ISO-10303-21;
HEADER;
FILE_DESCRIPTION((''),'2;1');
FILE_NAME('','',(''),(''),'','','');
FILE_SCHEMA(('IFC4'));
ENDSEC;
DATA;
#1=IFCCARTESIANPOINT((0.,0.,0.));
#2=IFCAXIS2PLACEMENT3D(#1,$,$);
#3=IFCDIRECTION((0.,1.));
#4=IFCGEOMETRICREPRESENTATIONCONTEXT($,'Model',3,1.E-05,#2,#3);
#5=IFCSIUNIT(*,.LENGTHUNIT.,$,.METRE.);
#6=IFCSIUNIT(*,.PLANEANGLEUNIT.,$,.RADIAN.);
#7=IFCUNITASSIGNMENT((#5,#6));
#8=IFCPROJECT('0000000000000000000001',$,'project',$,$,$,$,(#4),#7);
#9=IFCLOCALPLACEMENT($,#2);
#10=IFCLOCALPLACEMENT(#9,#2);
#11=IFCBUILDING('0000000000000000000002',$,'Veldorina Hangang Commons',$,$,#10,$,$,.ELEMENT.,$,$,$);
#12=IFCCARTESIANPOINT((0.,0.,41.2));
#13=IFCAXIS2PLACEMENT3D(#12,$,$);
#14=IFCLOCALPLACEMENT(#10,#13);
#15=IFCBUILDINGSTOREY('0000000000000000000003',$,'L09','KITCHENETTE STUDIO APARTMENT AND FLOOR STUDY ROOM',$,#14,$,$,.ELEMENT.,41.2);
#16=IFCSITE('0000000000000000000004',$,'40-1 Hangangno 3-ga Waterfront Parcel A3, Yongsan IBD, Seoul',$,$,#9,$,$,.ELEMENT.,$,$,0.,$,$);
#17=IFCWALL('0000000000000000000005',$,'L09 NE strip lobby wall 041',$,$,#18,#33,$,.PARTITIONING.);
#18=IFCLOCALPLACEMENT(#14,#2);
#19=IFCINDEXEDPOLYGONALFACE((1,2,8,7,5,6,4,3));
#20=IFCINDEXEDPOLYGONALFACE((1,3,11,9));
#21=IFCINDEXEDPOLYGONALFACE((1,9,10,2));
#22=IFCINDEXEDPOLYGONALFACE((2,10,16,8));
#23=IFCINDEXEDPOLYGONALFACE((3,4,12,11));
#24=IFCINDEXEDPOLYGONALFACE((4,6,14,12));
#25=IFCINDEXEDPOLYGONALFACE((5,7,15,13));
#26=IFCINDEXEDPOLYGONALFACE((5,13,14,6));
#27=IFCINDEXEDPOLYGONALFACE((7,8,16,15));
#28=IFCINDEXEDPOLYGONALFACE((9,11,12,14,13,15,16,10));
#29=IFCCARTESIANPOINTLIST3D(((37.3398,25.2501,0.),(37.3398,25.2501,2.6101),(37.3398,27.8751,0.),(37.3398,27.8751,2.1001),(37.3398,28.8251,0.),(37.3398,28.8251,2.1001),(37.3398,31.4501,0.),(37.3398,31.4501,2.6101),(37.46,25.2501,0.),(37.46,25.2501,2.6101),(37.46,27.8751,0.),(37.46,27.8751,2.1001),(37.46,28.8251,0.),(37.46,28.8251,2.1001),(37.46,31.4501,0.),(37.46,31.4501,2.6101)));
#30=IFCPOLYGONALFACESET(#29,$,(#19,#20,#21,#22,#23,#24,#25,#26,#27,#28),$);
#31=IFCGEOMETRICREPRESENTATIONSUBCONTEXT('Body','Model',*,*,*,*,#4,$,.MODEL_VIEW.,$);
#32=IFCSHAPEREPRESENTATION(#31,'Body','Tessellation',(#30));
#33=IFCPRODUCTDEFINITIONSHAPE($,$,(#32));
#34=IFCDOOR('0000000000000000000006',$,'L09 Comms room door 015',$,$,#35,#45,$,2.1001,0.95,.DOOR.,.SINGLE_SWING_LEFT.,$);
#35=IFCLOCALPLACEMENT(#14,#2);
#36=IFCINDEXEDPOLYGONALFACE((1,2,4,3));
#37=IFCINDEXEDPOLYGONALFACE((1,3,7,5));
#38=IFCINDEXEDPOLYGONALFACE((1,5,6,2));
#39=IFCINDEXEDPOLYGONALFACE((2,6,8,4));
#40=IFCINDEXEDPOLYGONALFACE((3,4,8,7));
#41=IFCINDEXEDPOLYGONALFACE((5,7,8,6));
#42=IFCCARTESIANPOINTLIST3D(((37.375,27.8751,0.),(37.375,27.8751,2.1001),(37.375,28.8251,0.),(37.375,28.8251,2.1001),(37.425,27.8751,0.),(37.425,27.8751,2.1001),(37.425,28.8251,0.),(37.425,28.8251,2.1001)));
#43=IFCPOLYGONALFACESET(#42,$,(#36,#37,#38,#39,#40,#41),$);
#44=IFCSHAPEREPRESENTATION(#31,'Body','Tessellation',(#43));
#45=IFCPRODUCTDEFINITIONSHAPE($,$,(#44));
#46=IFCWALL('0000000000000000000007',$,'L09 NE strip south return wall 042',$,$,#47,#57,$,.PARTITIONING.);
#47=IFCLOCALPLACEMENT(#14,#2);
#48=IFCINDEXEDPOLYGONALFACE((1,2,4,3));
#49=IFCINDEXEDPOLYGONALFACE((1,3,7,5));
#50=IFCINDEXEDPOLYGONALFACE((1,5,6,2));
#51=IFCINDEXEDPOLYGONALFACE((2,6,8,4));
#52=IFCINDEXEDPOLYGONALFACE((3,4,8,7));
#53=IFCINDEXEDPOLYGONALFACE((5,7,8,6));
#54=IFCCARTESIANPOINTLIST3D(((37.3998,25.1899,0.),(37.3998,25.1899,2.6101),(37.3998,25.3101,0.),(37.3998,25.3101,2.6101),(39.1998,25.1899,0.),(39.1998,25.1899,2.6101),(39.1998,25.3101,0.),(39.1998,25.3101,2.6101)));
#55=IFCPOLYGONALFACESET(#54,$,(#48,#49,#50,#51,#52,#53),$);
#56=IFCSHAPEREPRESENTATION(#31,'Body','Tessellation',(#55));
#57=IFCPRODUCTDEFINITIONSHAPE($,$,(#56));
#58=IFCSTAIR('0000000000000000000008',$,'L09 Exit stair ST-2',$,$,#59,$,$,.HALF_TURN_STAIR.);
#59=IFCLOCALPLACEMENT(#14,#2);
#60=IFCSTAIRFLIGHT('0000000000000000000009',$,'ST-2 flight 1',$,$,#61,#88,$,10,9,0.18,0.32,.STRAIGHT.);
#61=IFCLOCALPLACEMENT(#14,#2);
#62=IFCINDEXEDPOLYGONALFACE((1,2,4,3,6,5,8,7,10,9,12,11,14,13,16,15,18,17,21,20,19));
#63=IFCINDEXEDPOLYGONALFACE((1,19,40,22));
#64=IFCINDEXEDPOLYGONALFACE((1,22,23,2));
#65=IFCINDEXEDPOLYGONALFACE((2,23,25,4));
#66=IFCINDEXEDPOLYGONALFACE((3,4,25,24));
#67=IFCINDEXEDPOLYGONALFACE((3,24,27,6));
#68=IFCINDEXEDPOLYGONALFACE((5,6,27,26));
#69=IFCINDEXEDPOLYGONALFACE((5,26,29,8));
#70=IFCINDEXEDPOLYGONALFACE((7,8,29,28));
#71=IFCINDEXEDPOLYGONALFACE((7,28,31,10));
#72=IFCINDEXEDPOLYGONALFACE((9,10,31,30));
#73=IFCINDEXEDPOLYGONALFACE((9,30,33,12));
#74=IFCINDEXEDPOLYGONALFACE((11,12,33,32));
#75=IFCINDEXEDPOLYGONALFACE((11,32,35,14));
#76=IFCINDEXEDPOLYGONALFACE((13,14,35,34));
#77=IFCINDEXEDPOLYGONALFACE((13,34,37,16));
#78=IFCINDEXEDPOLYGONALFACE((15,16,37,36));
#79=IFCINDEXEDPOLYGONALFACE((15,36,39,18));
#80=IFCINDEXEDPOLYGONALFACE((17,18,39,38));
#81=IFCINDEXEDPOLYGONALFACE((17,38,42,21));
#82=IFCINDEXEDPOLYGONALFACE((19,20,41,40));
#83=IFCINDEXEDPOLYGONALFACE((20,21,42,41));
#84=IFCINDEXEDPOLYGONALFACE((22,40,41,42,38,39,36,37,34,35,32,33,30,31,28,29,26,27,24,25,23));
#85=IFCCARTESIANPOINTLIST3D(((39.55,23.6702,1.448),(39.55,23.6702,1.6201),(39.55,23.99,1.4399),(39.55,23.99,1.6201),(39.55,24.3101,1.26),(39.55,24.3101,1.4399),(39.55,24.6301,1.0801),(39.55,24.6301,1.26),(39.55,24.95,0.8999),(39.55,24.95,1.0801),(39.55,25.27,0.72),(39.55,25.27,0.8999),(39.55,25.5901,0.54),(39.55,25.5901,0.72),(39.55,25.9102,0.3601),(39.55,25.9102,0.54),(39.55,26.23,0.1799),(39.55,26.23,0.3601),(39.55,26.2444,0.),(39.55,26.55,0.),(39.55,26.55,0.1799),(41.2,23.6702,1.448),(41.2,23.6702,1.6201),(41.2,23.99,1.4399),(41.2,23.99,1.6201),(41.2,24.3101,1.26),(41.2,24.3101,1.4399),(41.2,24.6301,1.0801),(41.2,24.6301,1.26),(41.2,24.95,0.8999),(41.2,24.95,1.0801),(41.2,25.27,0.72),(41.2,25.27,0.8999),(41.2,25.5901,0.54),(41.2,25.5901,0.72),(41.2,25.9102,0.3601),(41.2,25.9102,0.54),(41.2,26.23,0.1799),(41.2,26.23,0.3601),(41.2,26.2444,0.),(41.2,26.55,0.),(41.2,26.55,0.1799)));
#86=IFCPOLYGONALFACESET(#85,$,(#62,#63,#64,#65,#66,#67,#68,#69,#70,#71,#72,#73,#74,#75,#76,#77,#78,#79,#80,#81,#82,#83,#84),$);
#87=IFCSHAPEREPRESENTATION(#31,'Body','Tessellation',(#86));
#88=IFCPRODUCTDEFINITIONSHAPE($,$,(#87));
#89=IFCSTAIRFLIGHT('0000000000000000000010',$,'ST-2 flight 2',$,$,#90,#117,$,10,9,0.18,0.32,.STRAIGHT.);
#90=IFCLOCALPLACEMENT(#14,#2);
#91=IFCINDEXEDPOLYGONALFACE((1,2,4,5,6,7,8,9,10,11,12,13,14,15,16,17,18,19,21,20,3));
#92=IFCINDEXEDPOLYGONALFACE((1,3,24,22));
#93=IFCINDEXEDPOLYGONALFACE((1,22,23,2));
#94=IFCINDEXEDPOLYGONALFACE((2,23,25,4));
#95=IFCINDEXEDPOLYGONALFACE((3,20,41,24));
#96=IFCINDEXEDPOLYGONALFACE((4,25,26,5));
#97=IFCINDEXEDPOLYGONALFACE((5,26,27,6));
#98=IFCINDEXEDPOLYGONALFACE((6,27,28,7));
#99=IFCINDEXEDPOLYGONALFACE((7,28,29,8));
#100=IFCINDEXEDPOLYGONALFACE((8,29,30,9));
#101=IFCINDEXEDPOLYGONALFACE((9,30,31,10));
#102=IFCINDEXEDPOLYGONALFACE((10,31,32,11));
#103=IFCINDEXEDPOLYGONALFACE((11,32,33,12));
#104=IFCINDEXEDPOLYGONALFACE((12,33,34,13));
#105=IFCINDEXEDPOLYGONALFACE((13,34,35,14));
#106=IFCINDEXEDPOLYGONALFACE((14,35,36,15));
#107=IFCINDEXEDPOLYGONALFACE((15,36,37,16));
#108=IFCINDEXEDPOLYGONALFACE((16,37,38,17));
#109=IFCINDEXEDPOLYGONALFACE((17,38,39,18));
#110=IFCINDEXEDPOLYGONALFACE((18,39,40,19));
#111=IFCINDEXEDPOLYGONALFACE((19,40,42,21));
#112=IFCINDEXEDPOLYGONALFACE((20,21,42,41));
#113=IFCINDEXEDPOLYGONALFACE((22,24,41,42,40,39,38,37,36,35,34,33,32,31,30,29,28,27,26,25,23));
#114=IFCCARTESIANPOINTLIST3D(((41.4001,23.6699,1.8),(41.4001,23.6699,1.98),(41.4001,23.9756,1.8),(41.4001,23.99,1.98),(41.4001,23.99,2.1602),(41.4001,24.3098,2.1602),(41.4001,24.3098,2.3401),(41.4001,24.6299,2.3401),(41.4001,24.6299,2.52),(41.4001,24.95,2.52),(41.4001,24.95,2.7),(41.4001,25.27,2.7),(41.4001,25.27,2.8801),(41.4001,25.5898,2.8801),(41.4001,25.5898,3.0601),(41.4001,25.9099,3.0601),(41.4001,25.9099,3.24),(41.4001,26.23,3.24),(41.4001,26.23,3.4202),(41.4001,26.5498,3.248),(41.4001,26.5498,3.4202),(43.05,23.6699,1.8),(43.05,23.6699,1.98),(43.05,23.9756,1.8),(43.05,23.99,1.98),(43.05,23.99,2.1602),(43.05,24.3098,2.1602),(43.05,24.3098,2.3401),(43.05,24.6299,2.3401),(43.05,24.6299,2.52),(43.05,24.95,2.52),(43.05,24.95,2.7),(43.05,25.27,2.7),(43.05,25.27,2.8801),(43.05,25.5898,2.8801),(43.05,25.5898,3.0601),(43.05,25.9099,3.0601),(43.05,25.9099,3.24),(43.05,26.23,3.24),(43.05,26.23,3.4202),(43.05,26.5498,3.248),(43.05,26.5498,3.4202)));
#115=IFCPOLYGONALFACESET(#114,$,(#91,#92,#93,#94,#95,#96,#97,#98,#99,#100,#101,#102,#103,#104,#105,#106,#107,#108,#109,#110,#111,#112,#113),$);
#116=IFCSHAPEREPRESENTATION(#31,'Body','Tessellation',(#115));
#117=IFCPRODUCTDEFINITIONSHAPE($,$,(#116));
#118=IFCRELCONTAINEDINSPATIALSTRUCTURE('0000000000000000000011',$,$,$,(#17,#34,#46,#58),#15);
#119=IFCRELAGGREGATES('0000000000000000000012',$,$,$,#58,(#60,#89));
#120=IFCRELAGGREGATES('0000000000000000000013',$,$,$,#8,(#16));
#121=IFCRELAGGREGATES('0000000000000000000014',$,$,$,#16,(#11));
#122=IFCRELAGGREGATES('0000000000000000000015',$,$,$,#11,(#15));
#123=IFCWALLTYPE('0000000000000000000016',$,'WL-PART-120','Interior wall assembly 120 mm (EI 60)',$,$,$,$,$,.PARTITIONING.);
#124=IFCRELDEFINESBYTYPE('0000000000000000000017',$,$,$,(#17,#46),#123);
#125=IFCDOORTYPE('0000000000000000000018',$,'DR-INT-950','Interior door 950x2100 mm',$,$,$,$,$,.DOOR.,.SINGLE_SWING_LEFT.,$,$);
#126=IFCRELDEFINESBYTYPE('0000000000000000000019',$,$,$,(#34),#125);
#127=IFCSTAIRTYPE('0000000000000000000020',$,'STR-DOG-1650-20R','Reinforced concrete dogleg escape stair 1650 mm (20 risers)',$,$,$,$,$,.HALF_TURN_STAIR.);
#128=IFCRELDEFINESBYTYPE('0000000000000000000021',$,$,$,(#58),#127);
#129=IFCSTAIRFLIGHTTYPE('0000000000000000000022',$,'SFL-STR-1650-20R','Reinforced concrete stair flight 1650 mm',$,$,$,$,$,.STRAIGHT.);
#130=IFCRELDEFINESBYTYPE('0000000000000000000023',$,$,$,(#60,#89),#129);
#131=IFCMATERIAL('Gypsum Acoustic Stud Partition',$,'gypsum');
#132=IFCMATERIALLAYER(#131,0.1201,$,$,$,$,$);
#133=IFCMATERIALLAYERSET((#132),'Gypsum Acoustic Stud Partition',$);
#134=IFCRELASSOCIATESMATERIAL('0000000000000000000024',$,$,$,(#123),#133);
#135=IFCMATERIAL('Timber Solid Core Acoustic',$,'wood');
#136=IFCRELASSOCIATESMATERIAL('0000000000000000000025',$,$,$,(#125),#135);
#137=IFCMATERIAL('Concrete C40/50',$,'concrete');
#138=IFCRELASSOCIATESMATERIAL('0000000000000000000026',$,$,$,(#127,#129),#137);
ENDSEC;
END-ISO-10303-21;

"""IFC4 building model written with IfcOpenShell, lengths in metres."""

from ifc_helpers import new_model, si_unit, direction, frame, frame_2d, origin, place, context, subcontext, project, spatial, polyline, rectangle, outline, extrude, material, layer, layer_set, type_object, element, fill, aggregate, save


model = new_model("IFC4")

# Units and contexts
model_context = context("Model", 3, precision=1e-05, world=origin(), true_north=direction((0.0, 1.0)))
body_context = subcontext(model_context, "Body", "Model", "MODEL_VIEW")
ifc_project = project(units=[si_unit("LENGTHUNIT", "METRE"), si_unit("PLANEANGLEUNIT", "RADIAN")], contexts=[model_context])

# Site, building, storey
site_placement = place(None, origin())
site = spatial("IfcSite", under=ifc_project, at=site_placement, Name="40-1 Hangangno 3-ga Waterfront Parcel A3, Yongsan IBD, Seoul", CompositionType="ELEMENT", RefElevation=0.0)
building_placement = place(site_placement, origin())
building = spatial("IfcBuilding", under=site, at=building_placement, Name="Veldorina Hangang Commons", CompositionType="ELEMENT")
storey_placement = place(building_placement, frame((0.0, 0.0, 41.2)))
storey = spatial("IfcBuildingStorey", under=building, at=storey_placement, Name="L09", Description="KITCHENETTE STUDIO APARTMENT AND FLOOR STUDY ROOM", CompositionType="ELEMENT", Elevation=41.2)

# Wall, opening, door
ifc_material_1 = material(Name="Gypsum Acoustic Stud Partition", Category="gypsum")
ifc_layer_1 = layer(ifc_material_1, 0.1201)
ifc_layer_set_1 = layer_set([ifc_layer_1], Name="Gypsum Acoustic Stud Partition")
wall_type_1 = type_object("IfcWallType", Name="WL-PART-120", Description="Interior wall assembly 120 mm (EI 60)", PredefinedType="PARTITIONING", material=ifc_layer_set_1)
wall_1_placement = place(storey_placement, frame((37.3999, 25.25, 0.0), z_axis=(0.0, 0.0, 1.0), x_axis=(0.0, 1.0, 0.0)))
wall_1 = element("IfcWall", 1, at=wall_1_placement, inside=storey, type_object=wall_type_1, Name="L09 NE strip lobby wall 041", PredefinedType="PARTITIONING", context=body_context, shape_type="SweptSolid", body=[
    extrude(rectangle(XDim=6.2, YDim=0.1201, at=frame_2d((3.1001, 0.0))), origin(), (0.0, 0.0, 1.0), 2.6101),
])
opening_1_placement = place(wall_1_placement, frame((2.625, 0.0, 0.0)))
opening_1 = element("IfcOpeningElement", 2, at=opening_1_placement, cuts=wall_1, PredefinedType="OPENING", context=body_context, shape_type="SweptSolid", body=[
    extrude(rectangle(XDim=0.95, YDim=2.1001, at=frame_2d((0.4751, 1.05))), frame((0.0, 0.0701, 0.0), z_axis=(0.0, -1.0, 0.0), x_axis=(1.0, 0.0, 0.0)), (0.0, 0.0, 1.0), 0.1401),
])
ifc_material_2 = material(Name="Timber Solid Core Acoustic", Category="wood")
door_type_1 = type_object("IfcDoorType", Name="DR-INT-950", Description="Interior door 950x2100 mm", OperationType="SINGLE_SWING_LEFT", PredefinedType="DOOR", material=ifc_material_2)
door_1_placement = place(opening_1_placement, origin())
door_1 = element("IfcDoor", 3, at=door_1_placement, inside=storey, type_object=door_type_1, Name="L09 Comms room door 015", OperationType="SINGLE_SWING_LEFT", OverallHeight=2.1001, OverallWidth=0.95, PredefinedType="DOOR", context=body_context, shape_type="SweptSolid", body=[
    extrude(rectangle(XDim=0.95, YDim=2.1001, at=frame_2d((0.4751, 1.05))), frame((0.0, 0.0249, 0.0), z_axis=(0.0, -1.0, 0.0), x_axis=(1.0, 0.0, 0.0)), (0.0, 0.0, 1.0), 0.05),
])
fill(opening_1, door_1)

# Wall
wall_2_placement = place(storey_placement, frame((37.3999, 25.25, 0.0), z_axis=(0.0, 0.0, 1.0), x_axis=(1.0, 0.0, 0.0)))
element("IfcWall", 4, at=wall_2_placement, inside=storey, type_object=wall_type_1, Name="L09 NE strip south return wall 042", PredefinedType="PARTITIONING", context=body_context, shape_type="SweptSolid", body=[
    extrude(rectangle(XDim=1.8, YDim=0.1201, at=frame_2d((0.8999, 0.0))), origin(), (0.0, 0.0, 1.0), 2.6101),
])

# Stair, stair flights
ifc_material_3 = material(Name="Concrete C40/50", Category="concrete")
stair_type = type_object("IfcStairType", Name="STR-DOG-1650-20R", Description="Reinforced concrete dogleg escape stair 1650 mm (20 risers)", PredefinedType="HALF_TURN_STAIR", material=ifc_material_3)
stair_placement = place(storey_placement, origin())
stair = element("IfcStair", 5, at=stair_placement, inside=storey, type_object=stair_type, Name="L09 Exit stair ST-2", PredefinedType="HALF_TURN_STAIR")
stair_flight_type = type_object("IfcStairFlightType", Name="SFL-STR-1650-20R", Description="Reinforced concrete stair flight 1650 mm", PredefinedType="STRAIGHT", material=ifc_material_3)
stair_flight_1_placement = place(storey_placement, frame((40.375, 26.55, 0.0), z_axis=(0.0, 0.0, 1.0), x_axis=(0.0, -1.0, 0.0)))
stair_flight_1 = element("IfcStairFlight", 6, at=stair_flight_1_placement, type_object=stair_flight_type, Name="ST-2 flight 1", NumberOfRisers=10, NumberOfTreads=9, PredefinedType="STRAIGHT", RiserHeight=0.18, TreadLength=0.32, context=body_context, shape_type="SweptSolid", body=[
    extrude(outline(polyline([(0.0, 0.0), (0.0, 0.1799), (0.3201, 0.1799), (0.3201, 0.3601), (0.6399, 0.3601), (0.6399, 0.54), (0.96, 0.54), (0.96, 0.72), (1.28, 0.72), (1.28, 0.8999), (1.6001, 0.8999), (1.6001, 1.0801), (1.9199, 1.0801), (1.9199, 1.26), (2.24, 1.26), (2.24, 1.4399), (2.5601, 1.4399), (2.5601, 1.6201), (2.8799, 1.6201), (2.8799, 1.8), (2.8799, 1.448), (0.3057, 0.0), (0.0, 0.0)])), frame((0.0, 0.825, 0.0), z_axis=(0.0, -1.0, 0.0), x_axis=(1.0, 0.0, 0.0)), (0.0, 0.0, 1.0), 1.6499),
])
stair_flight_2_placement = place(storey_placement, frame((42.2251, 23.6699, 1.8), z_axis=(0.0, 0.0, 1.0), x_axis=(0.0, 1.0, 0.0)))
stair_flight_2 = element("IfcStairFlight", 7, at=stair_flight_2_placement, type_object=stair_flight_type, Name="ST-2 flight 2", NumberOfRisers=10, NumberOfTreads=9, PredefinedType="STRAIGHT", RiserHeight=0.18, TreadLength=0.32, context=body_context, shape_type="SweptSolid", body=[
    extrude(outline(polyline([(0.0, 0.0), (0.0, 0.1799), (0.3201, 0.1799), (0.3201, 0.3601), (0.6399, 0.3601), (0.6399, 0.54), (0.96, 0.54), (0.96, 0.72), (1.28, 0.72), (1.28, 0.8999), (1.6001, 0.8999), (1.6001, 1.0801), (1.9199, 1.0801), (1.9199, 1.26), (2.24, 1.26), (2.24, 1.4399), (2.5601, 1.4399), (2.5601, 1.6201), (2.8799, 1.6201), (2.8799, 1.8), (2.8799, 1.448), (0.3057, 0.0), (0.0, 0.0)])), frame((0.0, 0.825, 0.0), z_axis=(0.0, -1.0, 0.0), x_axis=(1.0, 0.0, 0.0)), (0.0, 0.0, 1.0), 1.6499),
])
aggregate(stair, [stair_flight_1, stair_flight_2])

save(model, "model.ifc")
